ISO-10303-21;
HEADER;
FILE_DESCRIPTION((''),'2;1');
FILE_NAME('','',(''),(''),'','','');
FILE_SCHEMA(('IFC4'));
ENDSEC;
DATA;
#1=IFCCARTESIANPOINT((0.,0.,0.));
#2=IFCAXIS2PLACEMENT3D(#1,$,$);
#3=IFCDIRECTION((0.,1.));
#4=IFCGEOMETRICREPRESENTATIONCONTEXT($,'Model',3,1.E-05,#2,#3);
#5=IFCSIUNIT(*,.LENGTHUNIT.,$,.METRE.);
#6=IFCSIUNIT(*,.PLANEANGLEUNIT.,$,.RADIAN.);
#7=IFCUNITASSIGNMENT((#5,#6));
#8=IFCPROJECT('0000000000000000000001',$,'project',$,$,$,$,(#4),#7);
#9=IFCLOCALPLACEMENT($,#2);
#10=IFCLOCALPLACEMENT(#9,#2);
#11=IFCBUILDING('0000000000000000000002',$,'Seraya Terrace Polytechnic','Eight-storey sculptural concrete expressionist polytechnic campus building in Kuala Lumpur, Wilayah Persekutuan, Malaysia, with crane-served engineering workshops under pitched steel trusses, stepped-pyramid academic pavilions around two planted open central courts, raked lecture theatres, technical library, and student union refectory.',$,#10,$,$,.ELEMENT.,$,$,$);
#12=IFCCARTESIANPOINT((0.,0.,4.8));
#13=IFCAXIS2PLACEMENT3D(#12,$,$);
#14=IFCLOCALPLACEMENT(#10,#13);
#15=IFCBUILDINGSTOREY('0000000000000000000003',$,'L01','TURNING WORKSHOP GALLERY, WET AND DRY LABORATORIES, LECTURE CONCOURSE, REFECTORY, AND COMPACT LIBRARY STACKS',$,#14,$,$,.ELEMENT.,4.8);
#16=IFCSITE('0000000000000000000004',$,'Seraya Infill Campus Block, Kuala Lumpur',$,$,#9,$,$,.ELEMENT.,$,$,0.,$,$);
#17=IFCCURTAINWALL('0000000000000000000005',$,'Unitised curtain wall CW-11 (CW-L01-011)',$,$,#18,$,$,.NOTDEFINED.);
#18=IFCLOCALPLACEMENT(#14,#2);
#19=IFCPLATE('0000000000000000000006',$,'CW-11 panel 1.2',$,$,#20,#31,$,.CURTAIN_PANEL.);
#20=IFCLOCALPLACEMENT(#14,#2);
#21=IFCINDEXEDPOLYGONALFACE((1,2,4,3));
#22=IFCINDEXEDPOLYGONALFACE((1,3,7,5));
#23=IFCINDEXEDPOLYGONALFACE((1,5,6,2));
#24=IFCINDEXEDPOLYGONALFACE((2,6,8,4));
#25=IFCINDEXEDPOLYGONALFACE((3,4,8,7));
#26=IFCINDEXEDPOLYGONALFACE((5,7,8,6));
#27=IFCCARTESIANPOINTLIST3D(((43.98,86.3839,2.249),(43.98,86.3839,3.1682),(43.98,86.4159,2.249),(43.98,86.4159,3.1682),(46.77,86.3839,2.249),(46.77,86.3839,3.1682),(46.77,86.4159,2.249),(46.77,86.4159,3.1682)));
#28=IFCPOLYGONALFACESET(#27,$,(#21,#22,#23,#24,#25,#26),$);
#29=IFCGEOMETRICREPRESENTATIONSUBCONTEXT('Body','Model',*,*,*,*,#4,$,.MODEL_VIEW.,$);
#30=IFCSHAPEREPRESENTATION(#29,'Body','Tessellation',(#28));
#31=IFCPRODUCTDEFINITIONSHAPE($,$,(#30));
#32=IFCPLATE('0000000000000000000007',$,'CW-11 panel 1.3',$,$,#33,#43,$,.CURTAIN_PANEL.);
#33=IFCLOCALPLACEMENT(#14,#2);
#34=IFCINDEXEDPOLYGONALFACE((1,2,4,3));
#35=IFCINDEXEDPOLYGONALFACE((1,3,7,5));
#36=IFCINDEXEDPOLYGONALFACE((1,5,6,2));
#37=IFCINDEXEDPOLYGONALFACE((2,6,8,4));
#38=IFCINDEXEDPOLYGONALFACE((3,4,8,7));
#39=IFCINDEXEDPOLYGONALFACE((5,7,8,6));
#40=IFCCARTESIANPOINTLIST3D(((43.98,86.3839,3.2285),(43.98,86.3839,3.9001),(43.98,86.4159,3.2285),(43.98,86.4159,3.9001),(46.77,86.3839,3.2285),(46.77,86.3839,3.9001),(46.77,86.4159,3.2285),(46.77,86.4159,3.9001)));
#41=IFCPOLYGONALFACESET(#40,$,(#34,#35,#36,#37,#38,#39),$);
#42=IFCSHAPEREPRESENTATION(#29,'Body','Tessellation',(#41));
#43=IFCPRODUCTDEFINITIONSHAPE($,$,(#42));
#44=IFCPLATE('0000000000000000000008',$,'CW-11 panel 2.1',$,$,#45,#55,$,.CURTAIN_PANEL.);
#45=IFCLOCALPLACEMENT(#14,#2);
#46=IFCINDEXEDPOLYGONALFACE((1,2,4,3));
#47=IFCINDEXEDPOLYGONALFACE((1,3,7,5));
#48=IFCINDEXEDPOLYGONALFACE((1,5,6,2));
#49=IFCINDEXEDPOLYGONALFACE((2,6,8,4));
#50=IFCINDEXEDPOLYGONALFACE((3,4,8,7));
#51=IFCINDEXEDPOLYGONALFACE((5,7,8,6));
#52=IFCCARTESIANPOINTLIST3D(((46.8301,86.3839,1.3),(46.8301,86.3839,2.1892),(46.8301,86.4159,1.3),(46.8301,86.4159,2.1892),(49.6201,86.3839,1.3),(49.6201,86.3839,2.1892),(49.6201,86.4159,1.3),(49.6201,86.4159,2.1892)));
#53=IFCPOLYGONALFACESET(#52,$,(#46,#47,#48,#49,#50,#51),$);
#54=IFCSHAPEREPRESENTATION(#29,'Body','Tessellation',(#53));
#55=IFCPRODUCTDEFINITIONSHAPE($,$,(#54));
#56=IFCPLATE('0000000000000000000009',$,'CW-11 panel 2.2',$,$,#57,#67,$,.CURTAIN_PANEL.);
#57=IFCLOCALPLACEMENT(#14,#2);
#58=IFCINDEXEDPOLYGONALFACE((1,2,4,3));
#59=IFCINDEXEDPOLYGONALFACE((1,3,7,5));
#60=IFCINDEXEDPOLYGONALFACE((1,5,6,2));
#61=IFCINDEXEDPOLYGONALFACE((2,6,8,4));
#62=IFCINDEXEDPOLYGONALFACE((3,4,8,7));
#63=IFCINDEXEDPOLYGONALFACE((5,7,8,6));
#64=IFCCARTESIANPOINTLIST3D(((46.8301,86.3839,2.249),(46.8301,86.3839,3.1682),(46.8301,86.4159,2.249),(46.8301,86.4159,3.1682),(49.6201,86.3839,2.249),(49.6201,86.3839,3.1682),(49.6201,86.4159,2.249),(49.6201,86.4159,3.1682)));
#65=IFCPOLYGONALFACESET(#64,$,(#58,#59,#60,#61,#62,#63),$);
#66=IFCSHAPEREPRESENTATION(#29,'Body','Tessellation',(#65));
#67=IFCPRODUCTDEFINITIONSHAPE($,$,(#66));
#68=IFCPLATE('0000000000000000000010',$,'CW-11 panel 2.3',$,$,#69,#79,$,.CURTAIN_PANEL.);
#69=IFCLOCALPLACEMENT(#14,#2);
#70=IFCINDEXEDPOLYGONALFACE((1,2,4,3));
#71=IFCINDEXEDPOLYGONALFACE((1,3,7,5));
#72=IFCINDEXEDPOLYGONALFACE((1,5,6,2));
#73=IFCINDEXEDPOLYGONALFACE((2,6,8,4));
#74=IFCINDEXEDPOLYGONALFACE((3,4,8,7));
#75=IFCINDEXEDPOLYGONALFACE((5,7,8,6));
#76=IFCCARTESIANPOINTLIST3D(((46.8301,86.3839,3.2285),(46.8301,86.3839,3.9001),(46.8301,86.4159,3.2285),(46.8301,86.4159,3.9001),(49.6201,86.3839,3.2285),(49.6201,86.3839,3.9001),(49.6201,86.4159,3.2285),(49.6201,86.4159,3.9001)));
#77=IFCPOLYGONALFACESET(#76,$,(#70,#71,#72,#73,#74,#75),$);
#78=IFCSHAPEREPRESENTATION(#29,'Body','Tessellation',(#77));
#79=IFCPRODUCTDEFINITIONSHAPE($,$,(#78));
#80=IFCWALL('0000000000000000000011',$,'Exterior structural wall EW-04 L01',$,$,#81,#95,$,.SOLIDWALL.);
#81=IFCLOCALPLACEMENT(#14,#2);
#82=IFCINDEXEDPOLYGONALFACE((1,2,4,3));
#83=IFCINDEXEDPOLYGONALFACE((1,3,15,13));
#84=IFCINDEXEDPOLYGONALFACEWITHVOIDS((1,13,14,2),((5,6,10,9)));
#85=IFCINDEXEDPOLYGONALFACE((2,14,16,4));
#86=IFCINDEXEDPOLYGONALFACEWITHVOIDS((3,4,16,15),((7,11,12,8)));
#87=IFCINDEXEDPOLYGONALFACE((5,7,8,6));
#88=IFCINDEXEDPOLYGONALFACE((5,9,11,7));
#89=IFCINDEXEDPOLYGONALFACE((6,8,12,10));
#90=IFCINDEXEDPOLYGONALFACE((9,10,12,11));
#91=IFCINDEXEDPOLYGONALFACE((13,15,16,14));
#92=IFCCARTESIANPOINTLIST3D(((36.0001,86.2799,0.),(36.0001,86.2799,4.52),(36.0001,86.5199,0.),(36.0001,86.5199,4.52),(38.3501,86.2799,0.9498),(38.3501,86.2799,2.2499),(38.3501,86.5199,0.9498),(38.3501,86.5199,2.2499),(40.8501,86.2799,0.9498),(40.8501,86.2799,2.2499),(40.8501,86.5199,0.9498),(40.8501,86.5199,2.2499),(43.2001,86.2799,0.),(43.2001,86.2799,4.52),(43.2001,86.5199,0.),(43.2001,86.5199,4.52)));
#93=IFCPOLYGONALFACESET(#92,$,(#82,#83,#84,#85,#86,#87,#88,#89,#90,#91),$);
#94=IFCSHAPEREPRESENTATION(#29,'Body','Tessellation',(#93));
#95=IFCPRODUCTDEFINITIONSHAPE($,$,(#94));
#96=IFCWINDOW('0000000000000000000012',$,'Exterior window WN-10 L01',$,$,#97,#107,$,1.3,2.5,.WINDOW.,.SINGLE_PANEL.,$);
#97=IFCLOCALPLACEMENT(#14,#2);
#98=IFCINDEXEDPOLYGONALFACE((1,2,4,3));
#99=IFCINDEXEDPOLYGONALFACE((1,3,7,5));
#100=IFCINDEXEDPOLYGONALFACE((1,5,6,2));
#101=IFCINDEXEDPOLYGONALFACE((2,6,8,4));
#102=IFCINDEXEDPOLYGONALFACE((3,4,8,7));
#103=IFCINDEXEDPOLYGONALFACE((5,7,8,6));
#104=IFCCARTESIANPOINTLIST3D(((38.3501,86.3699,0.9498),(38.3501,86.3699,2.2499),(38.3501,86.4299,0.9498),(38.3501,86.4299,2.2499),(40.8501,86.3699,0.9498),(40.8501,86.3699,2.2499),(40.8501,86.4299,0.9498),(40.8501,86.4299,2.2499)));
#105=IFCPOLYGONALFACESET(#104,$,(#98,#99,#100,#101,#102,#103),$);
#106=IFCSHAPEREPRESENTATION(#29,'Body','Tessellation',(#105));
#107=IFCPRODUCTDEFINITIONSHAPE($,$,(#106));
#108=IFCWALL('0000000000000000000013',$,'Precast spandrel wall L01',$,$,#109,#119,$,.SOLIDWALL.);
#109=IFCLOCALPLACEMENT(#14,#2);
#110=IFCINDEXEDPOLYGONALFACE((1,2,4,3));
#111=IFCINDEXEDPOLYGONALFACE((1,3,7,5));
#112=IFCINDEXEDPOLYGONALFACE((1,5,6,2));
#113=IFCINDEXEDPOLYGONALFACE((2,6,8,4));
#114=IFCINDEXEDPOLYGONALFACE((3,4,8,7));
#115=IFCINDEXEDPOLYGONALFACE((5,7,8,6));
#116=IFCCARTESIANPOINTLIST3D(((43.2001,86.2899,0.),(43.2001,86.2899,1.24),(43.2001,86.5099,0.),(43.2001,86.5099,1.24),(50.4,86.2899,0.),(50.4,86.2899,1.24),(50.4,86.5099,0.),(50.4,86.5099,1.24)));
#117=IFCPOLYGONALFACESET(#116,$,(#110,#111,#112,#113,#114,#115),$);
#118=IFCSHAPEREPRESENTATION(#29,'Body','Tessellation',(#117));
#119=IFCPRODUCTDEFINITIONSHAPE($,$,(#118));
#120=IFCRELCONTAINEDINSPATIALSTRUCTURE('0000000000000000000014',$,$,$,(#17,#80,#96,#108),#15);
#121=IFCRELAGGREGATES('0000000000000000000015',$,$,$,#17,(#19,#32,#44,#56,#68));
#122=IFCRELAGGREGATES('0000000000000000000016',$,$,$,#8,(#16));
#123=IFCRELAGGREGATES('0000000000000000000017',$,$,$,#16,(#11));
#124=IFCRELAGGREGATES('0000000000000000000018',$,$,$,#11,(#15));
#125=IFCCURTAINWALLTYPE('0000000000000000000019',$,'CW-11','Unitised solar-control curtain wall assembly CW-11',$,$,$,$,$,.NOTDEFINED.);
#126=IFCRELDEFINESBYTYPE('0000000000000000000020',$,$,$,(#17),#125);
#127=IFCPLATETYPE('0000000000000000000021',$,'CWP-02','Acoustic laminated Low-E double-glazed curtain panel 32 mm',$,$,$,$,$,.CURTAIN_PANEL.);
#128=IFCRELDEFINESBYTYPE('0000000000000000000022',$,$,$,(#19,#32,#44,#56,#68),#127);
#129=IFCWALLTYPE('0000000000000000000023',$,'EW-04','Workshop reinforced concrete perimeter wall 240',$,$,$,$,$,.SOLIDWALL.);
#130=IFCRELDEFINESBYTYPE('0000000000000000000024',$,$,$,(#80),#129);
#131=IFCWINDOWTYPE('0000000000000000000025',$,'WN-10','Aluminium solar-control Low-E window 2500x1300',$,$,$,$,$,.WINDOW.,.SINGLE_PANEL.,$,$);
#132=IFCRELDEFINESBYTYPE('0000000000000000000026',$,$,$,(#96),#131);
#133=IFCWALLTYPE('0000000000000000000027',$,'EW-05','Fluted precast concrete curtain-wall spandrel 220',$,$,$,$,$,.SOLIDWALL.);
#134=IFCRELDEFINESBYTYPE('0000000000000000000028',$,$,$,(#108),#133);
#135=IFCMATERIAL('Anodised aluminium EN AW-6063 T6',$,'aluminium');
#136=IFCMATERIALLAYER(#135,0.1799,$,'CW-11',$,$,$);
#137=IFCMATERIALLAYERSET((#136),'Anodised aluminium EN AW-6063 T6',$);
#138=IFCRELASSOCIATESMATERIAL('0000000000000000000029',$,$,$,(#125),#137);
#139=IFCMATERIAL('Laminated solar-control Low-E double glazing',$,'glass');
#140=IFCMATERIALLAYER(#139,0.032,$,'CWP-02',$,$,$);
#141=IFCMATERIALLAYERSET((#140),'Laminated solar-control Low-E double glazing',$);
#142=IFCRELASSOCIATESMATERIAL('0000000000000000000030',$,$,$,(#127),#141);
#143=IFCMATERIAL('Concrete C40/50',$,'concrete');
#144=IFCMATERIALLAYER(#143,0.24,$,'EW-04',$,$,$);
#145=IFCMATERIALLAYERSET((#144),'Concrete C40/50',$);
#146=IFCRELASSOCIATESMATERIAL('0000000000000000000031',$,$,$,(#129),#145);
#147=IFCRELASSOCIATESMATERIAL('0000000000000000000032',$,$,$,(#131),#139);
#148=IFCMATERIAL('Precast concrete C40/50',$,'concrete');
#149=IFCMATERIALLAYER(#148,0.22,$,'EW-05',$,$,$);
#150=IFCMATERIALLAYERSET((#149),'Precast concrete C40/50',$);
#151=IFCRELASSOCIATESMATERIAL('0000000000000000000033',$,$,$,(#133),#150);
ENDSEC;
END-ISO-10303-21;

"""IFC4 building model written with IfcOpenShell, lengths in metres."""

from ifc_helpers import new_model, si_unit, direction, frame, frame_2d, origin, origin_2d, place, context, subcontext, project, spatial, rectangle, extrude, material, layer, layer_set, type_object, element, fill, aggregate, save


model = new_model("IFC4")

# Units and contexts
model_context = context("Model", 3, precision=1e-05, world=origin(), true_north=direction((0.0, 1.0)))
body_context = subcontext(model_context, "Body", "Model", "MODEL_VIEW")
ifc_project = project(units=[si_unit("LENGTHUNIT", "METRE"), si_unit("PLANEANGLEUNIT", "RADIAN")], contexts=[model_context])

# Site, building, storey
site_placement = place(None, origin())
site = spatial("IfcSite", under=ifc_project, at=site_placement, Name="Seraya Infill Campus Block, Kuala Lumpur", CompositionType="ELEMENT", RefElevation=0.0)
building_placement = place(site_placement, origin())
building = spatial("IfcBuilding", under=site, at=building_placement, Name="Seraya Terrace Polytechnic", Description="Eight-storey sculptural concrete expressionist polytechnic campus building in Kuala Lumpur, Wilayah Persekutuan, Malaysia, with crane-served engineering workshops under pitched steel trusses, stepped-pyramid academic pavilions around two planted open central courts, raked lecture theatres, technical library, and student union refectory.", CompositionType="ELEMENT")
storey_placement = place(building_placement, frame((0.0, 0.0, 4.8)))
storey = spatial("IfcBuildingStorey", under=building, at=storey_placement, Name="L01", Description="TURNING WORKSHOP GALLERY, WET AND DRY LABORATORIES, LECTURE CONCOURSE, REFECTORY, AND COMPACT LIBRARY STACKS", CompositionType="ELEMENT", Elevation=4.8)

# Curtain wall, plates
ifc_material_1 = material(Name="Anodised aluminium EN AW-6063 T6", Category="aluminium")
ifc_layer_1 = layer(ifc_material_1, 0.1799, Name="CW-11")
ifc_layer_set_1 = layer_set([ifc_layer_1], Name="Anodised aluminium EN AW-6063 T6")
curtain_wall_type = type_object("IfcCurtainWallType", Name="CW-11", Description="Unitised solar-control curtain wall assembly CW-11", PredefinedType="NOTDEFINED", material=ifc_layer_set_1)
curtain_wall_placement = place(storey_placement, origin())
curtain_wall = element("IfcCurtainWall", 1, at=curtain_wall_placement, inside=storey, type_object=curtain_wall_type, Name="Unitised curtain wall CW-11 (CW-L01-011)", PredefinedType="NOTDEFINED")
ifc_material_2 = material(Name="Laminated solar-control Low-E double glazing", Category="glass")
ifc_layer_2 = layer(ifc_material_2, 0.032, Name="CWP-02")
ifc_layer_set_2 = layer_set([ifc_layer_2], Name="Laminated solar-control Low-E double glazing")
plate_type = type_object("IfcPlateType", Name="CWP-02", Description="Acoustic laminated Low-E double-glazed curtain panel 32 mm", PredefinedType="CURTAIN_PANEL", material=ifc_layer_set_2)
plate_1_placement = place(storey_placement, frame((45.375, 86.3999, 2.249), z_axis=(0.0, 0.0, 1.0), x_axis=(1.0, 0.0, 0.0)))
plate_1 = element("IfcPlate", 2, at=plate_1_placement, type_object=plate_type, Name="CW-11 panel 1.2", PredefinedType="CURTAIN_PANEL", context=body_context, shape_type="SweptSolid", body=[
    extrude(rectangle(XDim=2.79, YDim=0.032, at=origin_2d()), origin(), (0.0, 0.0, 1.0), 0.9192),
])
plate_2_placement = place(storey_placement, frame((45.375, 86.3999, 3.2285), z_axis=(0.0, 0.0, 1.0), x_axis=(1.0, 0.0, 0.0)))
plate_2 = element("IfcPlate", 3, at=plate_2_placement, type_object=plate_type, Name="CW-11 panel 1.3", PredefinedType="CURTAIN_PANEL", context=body_context, shape_type="SweptSolid", body=[
    extrude(rectangle(XDim=2.79, YDim=0.032, at=origin_2d()), origin(), (0.0, 0.0, 1.0), 0.6716),
])
plate_3_placement = place(storey_placement, frame((48.2251, 86.3999, 1.3), z_axis=(0.0, 0.0, 1.0), x_axis=(1.0, 0.0, 0.0)))
plate_3 = element("IfcPlate", 4, at=plate_3_placement, type_object=plate_type, Name="CW-11 panel 2.1", PredefinedType="CURTAIN_PANEL", context=body_context, shape_type="SweptSolid", body=[
    extrude(rectangle(XDim=2.79, YDim=0.032, at=origin_2d()), origin(), (0.0, 0.0, 1.0), 0.8892),
])
plate_4_placement = place(storey_placement, frame((48.2251, 86.3999, 2.249), z_axis=(0.0, 0.0, 1.0), x_axis=(1.0, 0.0, 0.0)))
plate_4 = element("IfcPlate", 5, at=plate_4_placement, type_object=plate_type, Name="CW-11 panel 2.2", PredefinedType="CURTAIN_PANEL", context=body_context, shape_type="SweptSolid", body=[
    extrude(rectangle(XDim=2.79, YDim=0.032, at=origin_2d()), origin(), (0.0, 0.0, 1.0), 0.9192),
])
plate_5_placement = place(storey_placement, frame((48.2251, 86.3999, 3.2285), z_axis=(0.0, 0.0, 1.0), x_axis=(1.0, 0.0, 0.0)))
plate_5 = element("IfcPlate", 6, at=plate_5_placement, type_object=plate_type, Name="CW-11 panel 2.3", PredefinedType="CURTAIN_PANEL", context=body_context, shape_type="SweptSolid", body=[
    extrude(rectangle(XDim=2.79, YDim=0.032, at=origin_2d()), origin(), (0.0, 0.0, 1.0), 0.6716),
])
aggregate(curtain_wall, [plate_1, plate_2, plate_3, plate_4, plate_5])

# Wall, opening, window
ifc_material_3 = material(Name="Concrete C40/50", Category="concrete")
ifc_layer_3 = layer(ifc_material_3, 0.24, Name="EW-04")
ifc_layer_set_3 = layer_set([ifc_layer_3], Name="Concrete C40/50")
wall_type_1 = type_object("IfcWallType", Name="EW-04", Description="Workshop reinforced concrete perimeter wall 240", PredefinedType="SOLIDWALL", material=ifc_layer_set_3)
wall_1_placement = place(storey_placement, frame((36.0, 86.3999, 0.0), z_axis=(0.0, 0.0, 1.0), x_axis=(1.0, 0.0, 0.0)))
wall_1 = element("IfcWall", 7, at=wall_1_placement, inside=storey, type_object=wall_type_1, Name="Exterior structural wall EW-04 L01", PredefinedType="SOLIDWALL", context=body_context, shape_type="SweptSolid", body=[
    extrude(rectangle(XDim=7.2, YDim=0.24, at=frame_2d((3.6001, 0.0))), origin(), (0.0, 0.0, 1.0), 4.52),
])
opening_placement = place(wall_1_placement, frame((2.3501, 0.0, 0.95)))
opening = element("IfcOpeningElement", 8, at=opening_placement, cuts=wall_1, PredefinedType="OPENING", context=body_context, shape_type="SweptSolid", body=[
    extrude(rectangle(XDim=2.5, YDim=1.3, at=frame_2d((1.25, 0.6499))), frame((0.0, 0.1318, 0.0), z_axis=(0.0, -1.0, 0.0), x_axis=(1.0, 0.0, 0.0)), (0.0, 0.0, 1.0), 0.2639),
])
window_type = type_object("IfcWindowType", Name="WN-10", Description="Aluminium solar-control Low-E window 2500x1300", PartitioningType="SINGLE_PANEL", PredefinedType="WINDOW", material=ifc_material_2)
window_placement = place(opening_placement, origin())
window = element("IfcWindow", 9, at=window_placement, inside=storey, type_object=window_type, Name="Exterior window WN-10 L01", OverallHeight=1.3, OverallWidth=2.5, PartitioningType="SINGLE_PANEL", PredefinedType="WINDOW", context=body_context, shape_type="SweptSolid", body=[
    extrude(rectangle(XDim=2.5, YDim=1.3, at=frame_2d((1.25, 0.6499))), frame((0.0, 0.03, 0.0), z_axis=(0.0, -1.0, 0.0), x_axis=(1.0, 0.0, 0.0)), (0.0, 0.0, 1.0), 0.0601),
])
fill(opening, window)

# Wall
ifc_material_4 = material(Name="Precast concrete C40/50", Category="concrete")
ifc_layer_4 = layer(ifc_material_4, 0.22, Name="EW-05")
ifc_layer_set_4 = layer_set([ifc_layer_4], Name="Precast concrete C40/50")
wall_type_2 = type_object("IfcWallType", Name="EW-05", Description="Fluted precast concrete curtain-wall spandrel 220", PredefinedType="SOLIDWALL", material=ifc_layer_set_4)
wall_2_placement = place(storey_placement, frame((43.2, 86.3999, 0.0), z_axis=(0.0, 0.0, 1.0), x_axis=(1.0, 0.0, 0.0)))
element("IfcWall", 10, at=wall_2_placement, inside=storey, type_object=wall_type_2, Name="Precast spandrel wall L01", PredefinedType="SOLIDWALL", context=body_context, shape_type="SweptSolid", body=[
    extrude(rectangle(XDim=7.2, YDim=0.22, at=frame_2d((3.6001, 0.0))), origin(), (0.0, 0.0, 1.0), 1.24),
])

save(model, "model.ifc")
